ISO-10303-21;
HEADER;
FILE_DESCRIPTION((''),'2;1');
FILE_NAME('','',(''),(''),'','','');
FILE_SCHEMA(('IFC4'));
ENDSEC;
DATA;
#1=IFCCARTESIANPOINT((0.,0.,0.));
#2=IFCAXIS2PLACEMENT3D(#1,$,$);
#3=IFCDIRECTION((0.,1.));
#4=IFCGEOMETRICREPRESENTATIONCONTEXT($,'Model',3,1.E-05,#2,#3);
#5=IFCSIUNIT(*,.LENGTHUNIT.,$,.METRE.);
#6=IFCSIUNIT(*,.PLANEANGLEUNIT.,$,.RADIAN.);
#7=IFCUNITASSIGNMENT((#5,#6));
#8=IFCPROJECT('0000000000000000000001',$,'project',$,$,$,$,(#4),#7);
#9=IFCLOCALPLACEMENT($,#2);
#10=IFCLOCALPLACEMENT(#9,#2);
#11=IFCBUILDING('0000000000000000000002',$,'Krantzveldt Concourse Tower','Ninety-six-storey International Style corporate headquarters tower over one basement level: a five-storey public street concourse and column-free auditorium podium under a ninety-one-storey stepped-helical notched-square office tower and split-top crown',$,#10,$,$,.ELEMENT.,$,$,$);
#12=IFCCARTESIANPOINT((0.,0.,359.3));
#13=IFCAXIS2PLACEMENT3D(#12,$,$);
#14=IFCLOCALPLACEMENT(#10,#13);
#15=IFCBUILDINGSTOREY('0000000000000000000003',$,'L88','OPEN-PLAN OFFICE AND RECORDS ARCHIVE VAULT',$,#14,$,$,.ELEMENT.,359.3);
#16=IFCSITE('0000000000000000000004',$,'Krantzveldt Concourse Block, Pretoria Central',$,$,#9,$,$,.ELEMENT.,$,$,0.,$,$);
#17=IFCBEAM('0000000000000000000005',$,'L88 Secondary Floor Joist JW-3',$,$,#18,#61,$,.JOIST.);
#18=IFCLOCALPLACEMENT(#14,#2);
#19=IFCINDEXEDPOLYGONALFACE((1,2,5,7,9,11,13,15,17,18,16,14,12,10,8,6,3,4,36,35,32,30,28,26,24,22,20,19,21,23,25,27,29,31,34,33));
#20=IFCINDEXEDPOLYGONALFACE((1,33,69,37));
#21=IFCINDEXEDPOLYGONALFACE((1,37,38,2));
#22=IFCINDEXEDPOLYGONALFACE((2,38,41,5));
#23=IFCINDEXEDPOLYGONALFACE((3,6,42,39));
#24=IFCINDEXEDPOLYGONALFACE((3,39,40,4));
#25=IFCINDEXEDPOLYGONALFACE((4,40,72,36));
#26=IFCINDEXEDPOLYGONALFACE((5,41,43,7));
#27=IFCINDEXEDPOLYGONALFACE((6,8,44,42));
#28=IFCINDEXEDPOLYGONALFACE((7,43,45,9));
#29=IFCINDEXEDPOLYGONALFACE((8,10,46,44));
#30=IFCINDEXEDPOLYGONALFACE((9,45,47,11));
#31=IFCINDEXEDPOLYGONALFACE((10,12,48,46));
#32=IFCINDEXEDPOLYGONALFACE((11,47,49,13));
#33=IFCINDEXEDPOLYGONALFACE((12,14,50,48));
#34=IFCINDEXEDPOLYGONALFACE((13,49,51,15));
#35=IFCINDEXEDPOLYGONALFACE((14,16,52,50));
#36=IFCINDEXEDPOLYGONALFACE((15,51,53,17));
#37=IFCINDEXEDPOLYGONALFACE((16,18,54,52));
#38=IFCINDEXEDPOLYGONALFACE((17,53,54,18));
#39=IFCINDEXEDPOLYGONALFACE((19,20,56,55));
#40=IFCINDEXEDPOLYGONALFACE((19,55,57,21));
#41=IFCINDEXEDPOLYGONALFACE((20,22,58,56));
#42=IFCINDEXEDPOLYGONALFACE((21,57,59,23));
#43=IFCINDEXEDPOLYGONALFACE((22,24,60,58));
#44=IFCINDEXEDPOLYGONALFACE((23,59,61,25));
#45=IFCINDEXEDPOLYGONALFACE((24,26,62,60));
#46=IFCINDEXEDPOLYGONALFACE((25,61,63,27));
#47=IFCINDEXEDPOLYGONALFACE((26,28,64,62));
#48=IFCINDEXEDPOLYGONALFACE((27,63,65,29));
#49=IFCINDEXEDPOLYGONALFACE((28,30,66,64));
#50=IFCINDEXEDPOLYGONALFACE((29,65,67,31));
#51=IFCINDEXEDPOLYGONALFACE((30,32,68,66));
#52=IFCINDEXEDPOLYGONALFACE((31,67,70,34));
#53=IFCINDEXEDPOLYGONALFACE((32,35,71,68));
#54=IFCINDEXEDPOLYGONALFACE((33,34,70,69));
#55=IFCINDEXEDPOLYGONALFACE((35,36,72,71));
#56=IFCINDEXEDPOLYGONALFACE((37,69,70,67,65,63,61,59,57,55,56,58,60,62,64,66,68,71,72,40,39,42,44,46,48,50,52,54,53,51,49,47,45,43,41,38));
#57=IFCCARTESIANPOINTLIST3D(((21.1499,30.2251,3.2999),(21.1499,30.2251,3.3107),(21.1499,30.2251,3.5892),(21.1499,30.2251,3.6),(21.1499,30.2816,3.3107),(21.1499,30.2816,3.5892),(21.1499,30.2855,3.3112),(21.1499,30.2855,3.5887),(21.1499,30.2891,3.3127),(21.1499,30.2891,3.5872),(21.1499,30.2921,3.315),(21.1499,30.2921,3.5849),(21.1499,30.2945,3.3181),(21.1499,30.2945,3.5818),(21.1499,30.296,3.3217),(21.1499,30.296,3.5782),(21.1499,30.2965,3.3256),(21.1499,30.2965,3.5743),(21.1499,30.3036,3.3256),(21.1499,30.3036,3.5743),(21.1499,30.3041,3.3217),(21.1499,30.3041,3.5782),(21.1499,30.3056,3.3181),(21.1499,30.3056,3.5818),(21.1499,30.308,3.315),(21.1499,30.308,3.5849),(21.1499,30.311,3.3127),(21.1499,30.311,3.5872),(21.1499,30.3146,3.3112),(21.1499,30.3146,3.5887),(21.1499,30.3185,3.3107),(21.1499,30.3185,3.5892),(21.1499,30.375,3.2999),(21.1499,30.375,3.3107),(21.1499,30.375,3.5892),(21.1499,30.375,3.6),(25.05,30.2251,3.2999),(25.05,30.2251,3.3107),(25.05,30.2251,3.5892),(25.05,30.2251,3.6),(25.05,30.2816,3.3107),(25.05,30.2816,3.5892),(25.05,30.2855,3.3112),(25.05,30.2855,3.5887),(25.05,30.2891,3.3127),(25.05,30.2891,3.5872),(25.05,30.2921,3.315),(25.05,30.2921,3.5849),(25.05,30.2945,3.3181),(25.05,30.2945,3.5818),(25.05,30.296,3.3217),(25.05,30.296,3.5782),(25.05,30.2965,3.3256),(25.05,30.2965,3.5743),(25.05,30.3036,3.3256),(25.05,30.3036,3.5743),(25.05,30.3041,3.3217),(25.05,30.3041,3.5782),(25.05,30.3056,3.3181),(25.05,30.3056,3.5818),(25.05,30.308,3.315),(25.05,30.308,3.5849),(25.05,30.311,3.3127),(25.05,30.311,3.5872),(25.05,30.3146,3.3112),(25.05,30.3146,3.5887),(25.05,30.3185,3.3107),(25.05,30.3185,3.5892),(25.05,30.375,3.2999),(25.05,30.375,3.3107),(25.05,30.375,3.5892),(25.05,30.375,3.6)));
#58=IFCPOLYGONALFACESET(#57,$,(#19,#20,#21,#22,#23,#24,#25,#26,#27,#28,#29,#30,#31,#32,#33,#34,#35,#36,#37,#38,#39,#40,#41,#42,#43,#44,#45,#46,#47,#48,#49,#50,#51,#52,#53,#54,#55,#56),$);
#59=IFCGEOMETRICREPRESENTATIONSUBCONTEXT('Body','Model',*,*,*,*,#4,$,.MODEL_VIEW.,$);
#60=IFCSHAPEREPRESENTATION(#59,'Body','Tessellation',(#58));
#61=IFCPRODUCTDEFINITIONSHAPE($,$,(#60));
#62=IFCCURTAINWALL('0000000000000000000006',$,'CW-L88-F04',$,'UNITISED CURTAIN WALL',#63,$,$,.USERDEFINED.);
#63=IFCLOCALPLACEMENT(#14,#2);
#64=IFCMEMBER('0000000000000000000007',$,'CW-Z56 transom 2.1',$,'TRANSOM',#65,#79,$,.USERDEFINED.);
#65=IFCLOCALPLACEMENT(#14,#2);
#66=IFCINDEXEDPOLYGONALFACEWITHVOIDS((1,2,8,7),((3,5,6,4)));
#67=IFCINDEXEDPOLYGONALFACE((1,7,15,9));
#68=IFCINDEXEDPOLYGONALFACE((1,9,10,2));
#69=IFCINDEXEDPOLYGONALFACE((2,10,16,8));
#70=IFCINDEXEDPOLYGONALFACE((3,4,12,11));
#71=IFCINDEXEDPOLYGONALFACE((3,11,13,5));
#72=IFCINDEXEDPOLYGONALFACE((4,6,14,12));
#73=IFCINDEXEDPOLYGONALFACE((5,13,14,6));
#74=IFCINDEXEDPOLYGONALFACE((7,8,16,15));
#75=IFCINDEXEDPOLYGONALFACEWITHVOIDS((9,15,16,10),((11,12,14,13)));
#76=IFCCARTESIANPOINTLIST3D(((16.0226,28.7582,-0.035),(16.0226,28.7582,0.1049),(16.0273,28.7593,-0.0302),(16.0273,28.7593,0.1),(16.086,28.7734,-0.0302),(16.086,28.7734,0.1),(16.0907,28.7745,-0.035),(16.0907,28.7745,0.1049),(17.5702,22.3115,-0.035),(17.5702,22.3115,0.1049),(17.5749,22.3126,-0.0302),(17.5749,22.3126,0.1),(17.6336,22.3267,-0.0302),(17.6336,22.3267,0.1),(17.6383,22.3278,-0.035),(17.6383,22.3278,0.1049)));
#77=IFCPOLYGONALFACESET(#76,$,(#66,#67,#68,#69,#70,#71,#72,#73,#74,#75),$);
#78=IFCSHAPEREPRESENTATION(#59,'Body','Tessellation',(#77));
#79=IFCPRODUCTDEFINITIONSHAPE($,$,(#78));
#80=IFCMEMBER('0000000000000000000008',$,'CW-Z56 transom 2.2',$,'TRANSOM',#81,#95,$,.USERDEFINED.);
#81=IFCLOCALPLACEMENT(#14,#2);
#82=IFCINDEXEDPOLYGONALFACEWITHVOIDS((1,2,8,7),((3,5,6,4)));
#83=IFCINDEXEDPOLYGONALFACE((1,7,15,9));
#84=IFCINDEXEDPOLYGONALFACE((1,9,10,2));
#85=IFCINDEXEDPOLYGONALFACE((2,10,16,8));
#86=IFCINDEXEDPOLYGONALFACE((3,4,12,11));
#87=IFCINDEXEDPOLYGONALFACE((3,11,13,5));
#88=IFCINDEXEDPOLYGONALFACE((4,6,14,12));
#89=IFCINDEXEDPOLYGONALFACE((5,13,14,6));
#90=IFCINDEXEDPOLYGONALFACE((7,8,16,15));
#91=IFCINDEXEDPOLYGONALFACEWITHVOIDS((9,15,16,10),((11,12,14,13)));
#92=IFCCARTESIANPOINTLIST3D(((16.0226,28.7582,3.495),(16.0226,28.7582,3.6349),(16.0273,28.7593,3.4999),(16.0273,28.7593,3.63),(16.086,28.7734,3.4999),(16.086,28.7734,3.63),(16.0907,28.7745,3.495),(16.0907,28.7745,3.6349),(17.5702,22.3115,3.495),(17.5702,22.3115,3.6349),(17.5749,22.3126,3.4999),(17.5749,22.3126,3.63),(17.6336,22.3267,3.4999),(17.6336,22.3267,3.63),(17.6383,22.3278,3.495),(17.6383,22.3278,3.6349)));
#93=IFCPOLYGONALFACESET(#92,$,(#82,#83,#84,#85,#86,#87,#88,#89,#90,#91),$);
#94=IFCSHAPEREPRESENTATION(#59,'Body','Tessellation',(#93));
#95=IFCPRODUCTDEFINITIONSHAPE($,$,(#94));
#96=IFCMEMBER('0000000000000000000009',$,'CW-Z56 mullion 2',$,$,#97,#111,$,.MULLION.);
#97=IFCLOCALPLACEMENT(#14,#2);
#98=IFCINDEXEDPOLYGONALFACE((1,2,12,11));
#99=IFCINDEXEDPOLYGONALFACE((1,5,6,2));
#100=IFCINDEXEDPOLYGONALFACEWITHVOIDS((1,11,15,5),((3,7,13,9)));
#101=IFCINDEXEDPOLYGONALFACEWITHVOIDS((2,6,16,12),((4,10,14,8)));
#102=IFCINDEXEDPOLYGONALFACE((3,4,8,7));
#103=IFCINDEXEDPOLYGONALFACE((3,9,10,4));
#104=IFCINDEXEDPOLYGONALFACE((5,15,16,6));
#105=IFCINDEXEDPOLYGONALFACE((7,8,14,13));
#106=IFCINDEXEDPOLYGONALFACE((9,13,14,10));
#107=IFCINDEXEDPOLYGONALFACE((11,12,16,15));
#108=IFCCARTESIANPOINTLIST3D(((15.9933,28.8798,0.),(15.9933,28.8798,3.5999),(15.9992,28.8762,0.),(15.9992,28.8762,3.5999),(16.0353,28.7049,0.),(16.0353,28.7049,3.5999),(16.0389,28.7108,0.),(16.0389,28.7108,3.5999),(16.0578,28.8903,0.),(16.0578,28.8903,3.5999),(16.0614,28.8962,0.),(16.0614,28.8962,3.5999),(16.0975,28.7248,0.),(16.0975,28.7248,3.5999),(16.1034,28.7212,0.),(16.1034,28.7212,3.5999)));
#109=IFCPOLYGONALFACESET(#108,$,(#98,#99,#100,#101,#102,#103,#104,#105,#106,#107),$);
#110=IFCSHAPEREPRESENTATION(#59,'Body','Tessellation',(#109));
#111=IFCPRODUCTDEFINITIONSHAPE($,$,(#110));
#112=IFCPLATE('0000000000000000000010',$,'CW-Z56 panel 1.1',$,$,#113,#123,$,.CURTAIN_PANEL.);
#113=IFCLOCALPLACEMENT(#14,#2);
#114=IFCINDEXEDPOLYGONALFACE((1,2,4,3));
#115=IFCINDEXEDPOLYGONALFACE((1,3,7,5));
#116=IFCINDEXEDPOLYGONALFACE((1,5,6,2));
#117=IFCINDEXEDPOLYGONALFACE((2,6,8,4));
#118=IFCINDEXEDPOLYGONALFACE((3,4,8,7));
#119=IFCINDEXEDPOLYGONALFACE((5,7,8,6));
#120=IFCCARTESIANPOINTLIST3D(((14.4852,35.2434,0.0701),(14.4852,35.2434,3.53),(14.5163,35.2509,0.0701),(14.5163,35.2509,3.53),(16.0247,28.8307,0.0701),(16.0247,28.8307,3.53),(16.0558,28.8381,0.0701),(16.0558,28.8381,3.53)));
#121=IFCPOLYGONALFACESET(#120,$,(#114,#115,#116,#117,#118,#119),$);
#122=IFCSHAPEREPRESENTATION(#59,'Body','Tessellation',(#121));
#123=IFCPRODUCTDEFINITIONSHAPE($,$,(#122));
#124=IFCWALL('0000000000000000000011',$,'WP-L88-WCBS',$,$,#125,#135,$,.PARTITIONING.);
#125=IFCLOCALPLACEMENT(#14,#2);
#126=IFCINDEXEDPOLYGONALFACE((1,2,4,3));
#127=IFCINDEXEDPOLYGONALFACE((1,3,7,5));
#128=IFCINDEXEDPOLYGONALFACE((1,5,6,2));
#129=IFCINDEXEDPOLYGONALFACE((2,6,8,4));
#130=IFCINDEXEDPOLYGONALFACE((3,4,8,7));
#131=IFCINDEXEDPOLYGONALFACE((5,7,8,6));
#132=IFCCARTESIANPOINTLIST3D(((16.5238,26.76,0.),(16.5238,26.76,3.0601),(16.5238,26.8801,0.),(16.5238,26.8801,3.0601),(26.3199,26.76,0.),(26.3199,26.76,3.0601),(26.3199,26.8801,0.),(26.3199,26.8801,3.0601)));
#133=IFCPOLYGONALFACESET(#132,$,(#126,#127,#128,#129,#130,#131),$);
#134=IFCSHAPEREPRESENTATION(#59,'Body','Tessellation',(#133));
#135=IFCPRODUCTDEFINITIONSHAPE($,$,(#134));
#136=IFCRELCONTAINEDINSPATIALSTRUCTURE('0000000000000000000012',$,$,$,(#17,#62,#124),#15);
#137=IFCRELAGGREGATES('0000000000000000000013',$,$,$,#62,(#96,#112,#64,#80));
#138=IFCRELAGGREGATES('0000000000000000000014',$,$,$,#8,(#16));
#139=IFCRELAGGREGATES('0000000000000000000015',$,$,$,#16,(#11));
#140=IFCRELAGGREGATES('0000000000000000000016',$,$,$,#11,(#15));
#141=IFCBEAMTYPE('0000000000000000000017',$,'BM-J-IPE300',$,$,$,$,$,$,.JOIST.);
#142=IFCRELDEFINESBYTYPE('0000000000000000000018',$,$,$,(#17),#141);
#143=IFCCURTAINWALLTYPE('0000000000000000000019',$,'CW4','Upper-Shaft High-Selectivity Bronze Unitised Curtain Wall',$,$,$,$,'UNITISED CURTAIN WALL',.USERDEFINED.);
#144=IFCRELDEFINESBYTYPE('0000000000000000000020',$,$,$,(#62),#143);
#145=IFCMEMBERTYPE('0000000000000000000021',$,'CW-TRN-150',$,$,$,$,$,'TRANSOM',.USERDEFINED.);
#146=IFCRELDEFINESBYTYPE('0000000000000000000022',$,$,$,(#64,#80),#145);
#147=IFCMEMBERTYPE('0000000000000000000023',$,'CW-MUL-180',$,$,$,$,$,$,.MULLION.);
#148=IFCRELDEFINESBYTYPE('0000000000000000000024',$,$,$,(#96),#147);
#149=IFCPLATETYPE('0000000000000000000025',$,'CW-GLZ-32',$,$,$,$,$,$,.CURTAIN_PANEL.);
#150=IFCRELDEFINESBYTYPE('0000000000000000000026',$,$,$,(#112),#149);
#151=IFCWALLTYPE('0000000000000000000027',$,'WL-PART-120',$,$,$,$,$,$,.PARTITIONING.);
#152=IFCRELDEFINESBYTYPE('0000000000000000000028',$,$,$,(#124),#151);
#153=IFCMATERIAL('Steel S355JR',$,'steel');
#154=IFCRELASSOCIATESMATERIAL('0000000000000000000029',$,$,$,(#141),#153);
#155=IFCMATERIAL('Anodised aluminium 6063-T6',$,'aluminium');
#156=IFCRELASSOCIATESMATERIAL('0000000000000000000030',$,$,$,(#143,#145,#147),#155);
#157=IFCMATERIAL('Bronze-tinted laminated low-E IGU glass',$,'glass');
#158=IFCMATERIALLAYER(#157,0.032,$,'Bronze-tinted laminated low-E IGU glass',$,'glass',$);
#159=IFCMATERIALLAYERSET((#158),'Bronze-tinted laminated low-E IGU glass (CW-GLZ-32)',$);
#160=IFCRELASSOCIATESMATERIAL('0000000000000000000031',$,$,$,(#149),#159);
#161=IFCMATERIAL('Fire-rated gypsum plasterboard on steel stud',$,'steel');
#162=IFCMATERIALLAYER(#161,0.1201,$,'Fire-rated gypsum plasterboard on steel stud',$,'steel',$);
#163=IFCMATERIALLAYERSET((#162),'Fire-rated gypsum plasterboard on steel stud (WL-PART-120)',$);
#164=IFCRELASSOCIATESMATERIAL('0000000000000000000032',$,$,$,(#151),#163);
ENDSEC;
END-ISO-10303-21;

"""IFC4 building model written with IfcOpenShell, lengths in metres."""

from ifc_helpers import new_model, si_unit, direction, frame, frame_2d, origin, origin_2d, place, context, subcontext, project, spatial, rectangle, hollow_rectangle, i_section, extrude, source, transform, mapped, material, layer, layer_set, material_profile, profile_set, type_object, type_shapes, element, aggregate, save


model = new_model("IFC4")

# Units and contexts
model_context = context("Model", 3, precision=1e-05, world=origin(), true_north=direction((0.0, 1.0)))
body_context = subcontext(model_context, "Body", "Model", "MODEL_VIEW")
ifc_project = project(units=[si_unit("LENGTHUNIT", "METRE"), si_unit("PLANEANGLEUNIT", "RADIAN")], contexts=[model_context])

# Site, building, storey
site_placement = place(None, origin())
site = spatial("IfcSite", under=ifc_project, at=site_placement, Name="Krantzveldt Concourse Block, Pretoria Central", CompositionType="ELEMENT", RefElevation=0.0)
building_placement = place(site_placement, origin())
building = spatial("IfcBuilding", under=site, at=building_placement, Name="Krantzveldt Concourse Tower", Description="Ninety-six-storey International Style corporate headquarters tower over one basement level: a five-storey public street concourse and column-free auditorium podium under a ninety-one-storey stepped-helical notched-square office tower and split-top crown", CompositionType="ELEMENT")
storey_placement = place(building_placement, frame((0.0, 0.0, 359.3)))
storey = spatial("IfcBuildingStorey", under=building, at=storey_placement, Name="L88", Description="OPEN-PLAN OFFICE AND RECORDS ARCHIVE VAULT", CompositionType="ELEMENT", Elevation=359.3)

# Beam
ifc_material_1 = material(Name="Steel S355JR", Category="steel")
ifc_material_profile_1 = material_profile(ifc_material_1, i_section(OverallWidth=0.1499, OverallDepth=0.3, WebThickness=0.0071, FlangeThickness=0.0107, FilletRadius=0.0149, at=origin_2d()), Name="Steel S355JR", Category="steel")
ifc_profile_set_1 = profile_set([ifc_material_profile_1], Name="Steel S355JR - IPE 300")
beam_type_1 = type_object("IfcBeamType", Name="BM-J-IPE300", PredefinedType="JOIST", material=ifc_profile_set_1)
shared_shape_1 = source(origin(), body_context, "Body", "SweptSolid", [
    extrude(i_section(OverallWidth=0.1499, OverallDepth=0.3, WebThickness=0.0071, FlangeThickness=0.0107, FilletRadius=0.0149, at=origin_2d()), origin(), (0.0, 0.0, 1.0), 3.9001),
])
beam_1_placement = place(storey_placement, frame((21.1499, 30.3, 3.45), z_axis=(1.0, 0.0, 0.0), x_axis=(0.0, 1.0, 0.0)))
element("IfcBeam", 1, at=beam_1_placement, inside=storey, type_object=beam_type_1, Name="L88 Secondary Floor Joist JW-3", PredefinedType="JOIST", context=body_context, shape_type="MappedRepresentation", body=[
    mapped(shared_shape_1, transform((0.0, 0.0, 0.0), x_axis=(1.0, 0.0, 0.0), y_axis=(0.0, 1.0, 0.0), z_axis=(0.0, 0.0, 1.0), scale=1.0)),
])

# Curtain wall, members, plate
ifc_material_2 = material(Name="Anodised aluminium 6063-T6", Category="aluminium")
curtain_wall_type = type_object("IfcCurtainWallType", Name="CW4", Description="Upper-Shaft High-Selectivity Bronze Unitised Curtain Wall", ElementType="UNITISED CURTAIN WALL", PredefinedType="USERDEFINED", material=ifc_material_2)
curtain_wall_placement = place(storey_placement, origin())
curtain_wall = element("IfcCurtainWall", 2, at=curtain_wall_placement, inside=storey, type_object=curtain_wall_type, Name="CW-L88-F04", ObjectType="UNITISED CURTAIN WALL", PredefinedType="USERDEFINED")
ifc_material_profile_2 = material_profile(ifc_material_2, hollow_rectangle(XDim=0.0701, YDim=0.1399, WallThickness=0.0049, at=origin_2d()), Name="Anodised aluminium 6063-T6", Category="aluminium")
ifc_profile_set_2 = profile_set([ifc_material_profile_2], Name="Anodised aluminium 6063-T6 - ALU-TRAN 140x70x5")
member_type_1 = type_object("IfcMemberType", Name="CW-TRN-150", ElementType="TRANSOM", PredefinedType="USERDEFINED", material=ifc_profile_set_2)
shared_shape_2 = source(origin(), body_context, "Body", "SweptSolid", [
    extrude(hollow_rectangle(XDim=0.0701, YDim=0.1399, WallThickness=0.0049, at=origin_2d()), origin(), (0.0, 0.0, 1.0), 6.6299),
])
type_shapes(member_type_1, [shared_shape_2])
member_1_placement = place(storey_placement, frame((16.0566, 28.7664, 0.0349), z_axis=(0.233427, -0.972374, 0.0), x_axis=(0.972374, 0.233427, 0.0)))
member_1 = element("IfcMember", 3, at=member_1_placement, type_object=member_type_1, Name="CW-Z56 transom 2.1", ObjectType="TRANSOM", PredefinedType="USERDEFINED", context=body_context, shape_type="MappedRepresentation", body=[
    mapped(shared_shape_2, transform((0.0, 0.0, 0.0), x_axis=(1.0, 0.0, 0.0), y_axis=(0.0, 1.0, 0.0), z_axis=(0.0, 0.0, 1.0), scale=1.0)),
])
member_2_placement = place(storey_placement, frame((16.0566, 28.7664, 3.5649), z_axis=(0.233427, -0.972374, 0.0), x_axis=(0.972374, 0.233427, 0.0)))
member_2 = element("IfcMember", 4, at=member_2_placement, type_object=member_type_1, Name="CW-Z56 transom 2.2", ObjectType="TRANSOM", PredefinedType="USERDEFINED", context=body_context, shape_type="MappedRepresentation", body=[
    mapped(shared_shape_2, transform((0.0, 0.0, 0.0), x_axis=(1.0, 0.0, 0.0), y_axis=(0.0, 1.0, 0.0), z_axis=(0.0, 0.0, 1.0), scale=1.0)),
])
ifc_material_profile_3 = material_profile(ifc_material_2, hollow_rectangle(XDim=0.0701, YDim=0.1799, WallThickness=0.0049, at=origin_2d()), Name="Anodised aluminium 6063-T6", Category="aluminium")
ifc_profile_set_3 = profile_set([ifc_material_profile_3], Name="Anodised aluminium 6063-T6 - ALU-MULL 180x70x5")
member_type_2 = type_object("IfcMemberType", Name="CW-MUL-180", PredefinedType="MULLION", material=ifc_profile_set_3)
shared_shape_3 = source(origin(), body_context, "Body", "SweptSolid", [
    extrude(hollow_rectangle(XDim=0.0701, YDim=0.1799, WallThickness=0.0049, at=origin_2d()), origin(), (0.0, 0.0, 1.0), 3.5999),
])
type_shapes(member_type_2, [shared_shape_3])
member_3_placement = place(storey_placement, frame((16.0483, 28.8005, 0.0), z_axis=(0.0, 0.0, 1.0), x_axis=(0.97237, 0.233445, 0.0)))
member_3 = element("IfcMember", 5, at=member_3_placement, type_object=member_type_2, Name="CW-Z56 mullion 2", PredefinedType="MULLION", context=body_context, shape_type="MappedRepresentation", body=[
    mapped(shared_shape_3, transform((0.0, 0.0, 0.0), x_axis=(1.0, 0.0, 0.0), y_axis=(0.0, 1.0, 0.0), z_axis=(0.0, 0.0, 1.0), scale=1.0)),
])
ifc_material_3 = material(Name="Bronze-tinted laminated low-E IGU glass", Category="glass")
ifc_layer_1 = layer(ifc_material_3, 0.032, Name="Bronze-tinted laminated low-E IGU glass", Category="glass")
ifc_layer_set_1 = layer_set([ifc_layer_1], Name="Bronze-tinted laminated low-E IGU glass (CW-GLZ-32)")
plate_type = type_object("IfcPlateType", Name="CW-GLZ-32", PredefinedType="CURTAIN_PANEL", material=ifc_layer_set_1)
shared_shape_4 = source(origin(), body_context, "Body", "SweptSolid", [
    extrude(rectangle(XDim=6.595, YDim=0.032, at=origin_2d()), origin(), (0.0, 0.0, 1.0), 3.46),
])
type_shapes(plate_type, [shared_shape_4])
plate_placement = place(storey_placement, frame((15.2705, 32.0408, 0.0701), z_axis=(0.0, 0.0, 1.0), x_axis=(0.233445, -0.97237, 0.0)))
plate = element("IfcPlate", 6, at=plate_placement, type_object=plate_type, Name="CW-Z56 panel 1.1", PredefinedType="CURTAIN_PANEL", context=body_context, shape_type="MappedRepresentation", body=[
    mapped(shared_shape_4, transform((0.0, 0.0, 0.0), x_axis=(1.0, 0.0, 0.0), y_axis=(0.0, 1.0, 0.0), z_axis=(0.0, 0.0, 1.0), scale=1.0)),
])
aggregate(curtain_wall, [member_3, plate, member_1, member_2])

# Wall
ifc_material_4 = material(Name="Fire-rated gypsum plasterboard on steel stud", Category="steel")
ifc_layer_2 = layer(ifc_material_4, 0.1201, Name="Fire-rated gypsum plasterboard on steel stud", Category="steel")
ifc_layer_set_2 = layer_set([ifc_layer_2], Name="Fire-rated gypsum plasterboard on steel stud (WL-PART-120)")
wall_type_1 = type_object("IfcWallType", Name="WL-PART-120", PredefinedType="PARTITIONING", material=ifc_layer_set_2)
wall_1_placement = place(storey_placement, frame((16.5239, 26.8201, 0.0), z_axis=(0.0, 0.0, 1.0), x_axis=(1.0, 0.0, 0.0)))
element("IfcWall", 7, at=wall_1_placement, inside=storey, type_object=wall_type_1, Name="WP-L88-WCBS", PredefinedType="PARTITIONING", context=body_context, shape_type="SweptSolid", body=[
    extrude(rectangle(XDim=9.7961, YDim=0.1201, at=frame_2d((4.8979, 0.0))), origin(), (0.0, 0.0, 1.0), 3.0601),
])

save(model, "model.ifc")
